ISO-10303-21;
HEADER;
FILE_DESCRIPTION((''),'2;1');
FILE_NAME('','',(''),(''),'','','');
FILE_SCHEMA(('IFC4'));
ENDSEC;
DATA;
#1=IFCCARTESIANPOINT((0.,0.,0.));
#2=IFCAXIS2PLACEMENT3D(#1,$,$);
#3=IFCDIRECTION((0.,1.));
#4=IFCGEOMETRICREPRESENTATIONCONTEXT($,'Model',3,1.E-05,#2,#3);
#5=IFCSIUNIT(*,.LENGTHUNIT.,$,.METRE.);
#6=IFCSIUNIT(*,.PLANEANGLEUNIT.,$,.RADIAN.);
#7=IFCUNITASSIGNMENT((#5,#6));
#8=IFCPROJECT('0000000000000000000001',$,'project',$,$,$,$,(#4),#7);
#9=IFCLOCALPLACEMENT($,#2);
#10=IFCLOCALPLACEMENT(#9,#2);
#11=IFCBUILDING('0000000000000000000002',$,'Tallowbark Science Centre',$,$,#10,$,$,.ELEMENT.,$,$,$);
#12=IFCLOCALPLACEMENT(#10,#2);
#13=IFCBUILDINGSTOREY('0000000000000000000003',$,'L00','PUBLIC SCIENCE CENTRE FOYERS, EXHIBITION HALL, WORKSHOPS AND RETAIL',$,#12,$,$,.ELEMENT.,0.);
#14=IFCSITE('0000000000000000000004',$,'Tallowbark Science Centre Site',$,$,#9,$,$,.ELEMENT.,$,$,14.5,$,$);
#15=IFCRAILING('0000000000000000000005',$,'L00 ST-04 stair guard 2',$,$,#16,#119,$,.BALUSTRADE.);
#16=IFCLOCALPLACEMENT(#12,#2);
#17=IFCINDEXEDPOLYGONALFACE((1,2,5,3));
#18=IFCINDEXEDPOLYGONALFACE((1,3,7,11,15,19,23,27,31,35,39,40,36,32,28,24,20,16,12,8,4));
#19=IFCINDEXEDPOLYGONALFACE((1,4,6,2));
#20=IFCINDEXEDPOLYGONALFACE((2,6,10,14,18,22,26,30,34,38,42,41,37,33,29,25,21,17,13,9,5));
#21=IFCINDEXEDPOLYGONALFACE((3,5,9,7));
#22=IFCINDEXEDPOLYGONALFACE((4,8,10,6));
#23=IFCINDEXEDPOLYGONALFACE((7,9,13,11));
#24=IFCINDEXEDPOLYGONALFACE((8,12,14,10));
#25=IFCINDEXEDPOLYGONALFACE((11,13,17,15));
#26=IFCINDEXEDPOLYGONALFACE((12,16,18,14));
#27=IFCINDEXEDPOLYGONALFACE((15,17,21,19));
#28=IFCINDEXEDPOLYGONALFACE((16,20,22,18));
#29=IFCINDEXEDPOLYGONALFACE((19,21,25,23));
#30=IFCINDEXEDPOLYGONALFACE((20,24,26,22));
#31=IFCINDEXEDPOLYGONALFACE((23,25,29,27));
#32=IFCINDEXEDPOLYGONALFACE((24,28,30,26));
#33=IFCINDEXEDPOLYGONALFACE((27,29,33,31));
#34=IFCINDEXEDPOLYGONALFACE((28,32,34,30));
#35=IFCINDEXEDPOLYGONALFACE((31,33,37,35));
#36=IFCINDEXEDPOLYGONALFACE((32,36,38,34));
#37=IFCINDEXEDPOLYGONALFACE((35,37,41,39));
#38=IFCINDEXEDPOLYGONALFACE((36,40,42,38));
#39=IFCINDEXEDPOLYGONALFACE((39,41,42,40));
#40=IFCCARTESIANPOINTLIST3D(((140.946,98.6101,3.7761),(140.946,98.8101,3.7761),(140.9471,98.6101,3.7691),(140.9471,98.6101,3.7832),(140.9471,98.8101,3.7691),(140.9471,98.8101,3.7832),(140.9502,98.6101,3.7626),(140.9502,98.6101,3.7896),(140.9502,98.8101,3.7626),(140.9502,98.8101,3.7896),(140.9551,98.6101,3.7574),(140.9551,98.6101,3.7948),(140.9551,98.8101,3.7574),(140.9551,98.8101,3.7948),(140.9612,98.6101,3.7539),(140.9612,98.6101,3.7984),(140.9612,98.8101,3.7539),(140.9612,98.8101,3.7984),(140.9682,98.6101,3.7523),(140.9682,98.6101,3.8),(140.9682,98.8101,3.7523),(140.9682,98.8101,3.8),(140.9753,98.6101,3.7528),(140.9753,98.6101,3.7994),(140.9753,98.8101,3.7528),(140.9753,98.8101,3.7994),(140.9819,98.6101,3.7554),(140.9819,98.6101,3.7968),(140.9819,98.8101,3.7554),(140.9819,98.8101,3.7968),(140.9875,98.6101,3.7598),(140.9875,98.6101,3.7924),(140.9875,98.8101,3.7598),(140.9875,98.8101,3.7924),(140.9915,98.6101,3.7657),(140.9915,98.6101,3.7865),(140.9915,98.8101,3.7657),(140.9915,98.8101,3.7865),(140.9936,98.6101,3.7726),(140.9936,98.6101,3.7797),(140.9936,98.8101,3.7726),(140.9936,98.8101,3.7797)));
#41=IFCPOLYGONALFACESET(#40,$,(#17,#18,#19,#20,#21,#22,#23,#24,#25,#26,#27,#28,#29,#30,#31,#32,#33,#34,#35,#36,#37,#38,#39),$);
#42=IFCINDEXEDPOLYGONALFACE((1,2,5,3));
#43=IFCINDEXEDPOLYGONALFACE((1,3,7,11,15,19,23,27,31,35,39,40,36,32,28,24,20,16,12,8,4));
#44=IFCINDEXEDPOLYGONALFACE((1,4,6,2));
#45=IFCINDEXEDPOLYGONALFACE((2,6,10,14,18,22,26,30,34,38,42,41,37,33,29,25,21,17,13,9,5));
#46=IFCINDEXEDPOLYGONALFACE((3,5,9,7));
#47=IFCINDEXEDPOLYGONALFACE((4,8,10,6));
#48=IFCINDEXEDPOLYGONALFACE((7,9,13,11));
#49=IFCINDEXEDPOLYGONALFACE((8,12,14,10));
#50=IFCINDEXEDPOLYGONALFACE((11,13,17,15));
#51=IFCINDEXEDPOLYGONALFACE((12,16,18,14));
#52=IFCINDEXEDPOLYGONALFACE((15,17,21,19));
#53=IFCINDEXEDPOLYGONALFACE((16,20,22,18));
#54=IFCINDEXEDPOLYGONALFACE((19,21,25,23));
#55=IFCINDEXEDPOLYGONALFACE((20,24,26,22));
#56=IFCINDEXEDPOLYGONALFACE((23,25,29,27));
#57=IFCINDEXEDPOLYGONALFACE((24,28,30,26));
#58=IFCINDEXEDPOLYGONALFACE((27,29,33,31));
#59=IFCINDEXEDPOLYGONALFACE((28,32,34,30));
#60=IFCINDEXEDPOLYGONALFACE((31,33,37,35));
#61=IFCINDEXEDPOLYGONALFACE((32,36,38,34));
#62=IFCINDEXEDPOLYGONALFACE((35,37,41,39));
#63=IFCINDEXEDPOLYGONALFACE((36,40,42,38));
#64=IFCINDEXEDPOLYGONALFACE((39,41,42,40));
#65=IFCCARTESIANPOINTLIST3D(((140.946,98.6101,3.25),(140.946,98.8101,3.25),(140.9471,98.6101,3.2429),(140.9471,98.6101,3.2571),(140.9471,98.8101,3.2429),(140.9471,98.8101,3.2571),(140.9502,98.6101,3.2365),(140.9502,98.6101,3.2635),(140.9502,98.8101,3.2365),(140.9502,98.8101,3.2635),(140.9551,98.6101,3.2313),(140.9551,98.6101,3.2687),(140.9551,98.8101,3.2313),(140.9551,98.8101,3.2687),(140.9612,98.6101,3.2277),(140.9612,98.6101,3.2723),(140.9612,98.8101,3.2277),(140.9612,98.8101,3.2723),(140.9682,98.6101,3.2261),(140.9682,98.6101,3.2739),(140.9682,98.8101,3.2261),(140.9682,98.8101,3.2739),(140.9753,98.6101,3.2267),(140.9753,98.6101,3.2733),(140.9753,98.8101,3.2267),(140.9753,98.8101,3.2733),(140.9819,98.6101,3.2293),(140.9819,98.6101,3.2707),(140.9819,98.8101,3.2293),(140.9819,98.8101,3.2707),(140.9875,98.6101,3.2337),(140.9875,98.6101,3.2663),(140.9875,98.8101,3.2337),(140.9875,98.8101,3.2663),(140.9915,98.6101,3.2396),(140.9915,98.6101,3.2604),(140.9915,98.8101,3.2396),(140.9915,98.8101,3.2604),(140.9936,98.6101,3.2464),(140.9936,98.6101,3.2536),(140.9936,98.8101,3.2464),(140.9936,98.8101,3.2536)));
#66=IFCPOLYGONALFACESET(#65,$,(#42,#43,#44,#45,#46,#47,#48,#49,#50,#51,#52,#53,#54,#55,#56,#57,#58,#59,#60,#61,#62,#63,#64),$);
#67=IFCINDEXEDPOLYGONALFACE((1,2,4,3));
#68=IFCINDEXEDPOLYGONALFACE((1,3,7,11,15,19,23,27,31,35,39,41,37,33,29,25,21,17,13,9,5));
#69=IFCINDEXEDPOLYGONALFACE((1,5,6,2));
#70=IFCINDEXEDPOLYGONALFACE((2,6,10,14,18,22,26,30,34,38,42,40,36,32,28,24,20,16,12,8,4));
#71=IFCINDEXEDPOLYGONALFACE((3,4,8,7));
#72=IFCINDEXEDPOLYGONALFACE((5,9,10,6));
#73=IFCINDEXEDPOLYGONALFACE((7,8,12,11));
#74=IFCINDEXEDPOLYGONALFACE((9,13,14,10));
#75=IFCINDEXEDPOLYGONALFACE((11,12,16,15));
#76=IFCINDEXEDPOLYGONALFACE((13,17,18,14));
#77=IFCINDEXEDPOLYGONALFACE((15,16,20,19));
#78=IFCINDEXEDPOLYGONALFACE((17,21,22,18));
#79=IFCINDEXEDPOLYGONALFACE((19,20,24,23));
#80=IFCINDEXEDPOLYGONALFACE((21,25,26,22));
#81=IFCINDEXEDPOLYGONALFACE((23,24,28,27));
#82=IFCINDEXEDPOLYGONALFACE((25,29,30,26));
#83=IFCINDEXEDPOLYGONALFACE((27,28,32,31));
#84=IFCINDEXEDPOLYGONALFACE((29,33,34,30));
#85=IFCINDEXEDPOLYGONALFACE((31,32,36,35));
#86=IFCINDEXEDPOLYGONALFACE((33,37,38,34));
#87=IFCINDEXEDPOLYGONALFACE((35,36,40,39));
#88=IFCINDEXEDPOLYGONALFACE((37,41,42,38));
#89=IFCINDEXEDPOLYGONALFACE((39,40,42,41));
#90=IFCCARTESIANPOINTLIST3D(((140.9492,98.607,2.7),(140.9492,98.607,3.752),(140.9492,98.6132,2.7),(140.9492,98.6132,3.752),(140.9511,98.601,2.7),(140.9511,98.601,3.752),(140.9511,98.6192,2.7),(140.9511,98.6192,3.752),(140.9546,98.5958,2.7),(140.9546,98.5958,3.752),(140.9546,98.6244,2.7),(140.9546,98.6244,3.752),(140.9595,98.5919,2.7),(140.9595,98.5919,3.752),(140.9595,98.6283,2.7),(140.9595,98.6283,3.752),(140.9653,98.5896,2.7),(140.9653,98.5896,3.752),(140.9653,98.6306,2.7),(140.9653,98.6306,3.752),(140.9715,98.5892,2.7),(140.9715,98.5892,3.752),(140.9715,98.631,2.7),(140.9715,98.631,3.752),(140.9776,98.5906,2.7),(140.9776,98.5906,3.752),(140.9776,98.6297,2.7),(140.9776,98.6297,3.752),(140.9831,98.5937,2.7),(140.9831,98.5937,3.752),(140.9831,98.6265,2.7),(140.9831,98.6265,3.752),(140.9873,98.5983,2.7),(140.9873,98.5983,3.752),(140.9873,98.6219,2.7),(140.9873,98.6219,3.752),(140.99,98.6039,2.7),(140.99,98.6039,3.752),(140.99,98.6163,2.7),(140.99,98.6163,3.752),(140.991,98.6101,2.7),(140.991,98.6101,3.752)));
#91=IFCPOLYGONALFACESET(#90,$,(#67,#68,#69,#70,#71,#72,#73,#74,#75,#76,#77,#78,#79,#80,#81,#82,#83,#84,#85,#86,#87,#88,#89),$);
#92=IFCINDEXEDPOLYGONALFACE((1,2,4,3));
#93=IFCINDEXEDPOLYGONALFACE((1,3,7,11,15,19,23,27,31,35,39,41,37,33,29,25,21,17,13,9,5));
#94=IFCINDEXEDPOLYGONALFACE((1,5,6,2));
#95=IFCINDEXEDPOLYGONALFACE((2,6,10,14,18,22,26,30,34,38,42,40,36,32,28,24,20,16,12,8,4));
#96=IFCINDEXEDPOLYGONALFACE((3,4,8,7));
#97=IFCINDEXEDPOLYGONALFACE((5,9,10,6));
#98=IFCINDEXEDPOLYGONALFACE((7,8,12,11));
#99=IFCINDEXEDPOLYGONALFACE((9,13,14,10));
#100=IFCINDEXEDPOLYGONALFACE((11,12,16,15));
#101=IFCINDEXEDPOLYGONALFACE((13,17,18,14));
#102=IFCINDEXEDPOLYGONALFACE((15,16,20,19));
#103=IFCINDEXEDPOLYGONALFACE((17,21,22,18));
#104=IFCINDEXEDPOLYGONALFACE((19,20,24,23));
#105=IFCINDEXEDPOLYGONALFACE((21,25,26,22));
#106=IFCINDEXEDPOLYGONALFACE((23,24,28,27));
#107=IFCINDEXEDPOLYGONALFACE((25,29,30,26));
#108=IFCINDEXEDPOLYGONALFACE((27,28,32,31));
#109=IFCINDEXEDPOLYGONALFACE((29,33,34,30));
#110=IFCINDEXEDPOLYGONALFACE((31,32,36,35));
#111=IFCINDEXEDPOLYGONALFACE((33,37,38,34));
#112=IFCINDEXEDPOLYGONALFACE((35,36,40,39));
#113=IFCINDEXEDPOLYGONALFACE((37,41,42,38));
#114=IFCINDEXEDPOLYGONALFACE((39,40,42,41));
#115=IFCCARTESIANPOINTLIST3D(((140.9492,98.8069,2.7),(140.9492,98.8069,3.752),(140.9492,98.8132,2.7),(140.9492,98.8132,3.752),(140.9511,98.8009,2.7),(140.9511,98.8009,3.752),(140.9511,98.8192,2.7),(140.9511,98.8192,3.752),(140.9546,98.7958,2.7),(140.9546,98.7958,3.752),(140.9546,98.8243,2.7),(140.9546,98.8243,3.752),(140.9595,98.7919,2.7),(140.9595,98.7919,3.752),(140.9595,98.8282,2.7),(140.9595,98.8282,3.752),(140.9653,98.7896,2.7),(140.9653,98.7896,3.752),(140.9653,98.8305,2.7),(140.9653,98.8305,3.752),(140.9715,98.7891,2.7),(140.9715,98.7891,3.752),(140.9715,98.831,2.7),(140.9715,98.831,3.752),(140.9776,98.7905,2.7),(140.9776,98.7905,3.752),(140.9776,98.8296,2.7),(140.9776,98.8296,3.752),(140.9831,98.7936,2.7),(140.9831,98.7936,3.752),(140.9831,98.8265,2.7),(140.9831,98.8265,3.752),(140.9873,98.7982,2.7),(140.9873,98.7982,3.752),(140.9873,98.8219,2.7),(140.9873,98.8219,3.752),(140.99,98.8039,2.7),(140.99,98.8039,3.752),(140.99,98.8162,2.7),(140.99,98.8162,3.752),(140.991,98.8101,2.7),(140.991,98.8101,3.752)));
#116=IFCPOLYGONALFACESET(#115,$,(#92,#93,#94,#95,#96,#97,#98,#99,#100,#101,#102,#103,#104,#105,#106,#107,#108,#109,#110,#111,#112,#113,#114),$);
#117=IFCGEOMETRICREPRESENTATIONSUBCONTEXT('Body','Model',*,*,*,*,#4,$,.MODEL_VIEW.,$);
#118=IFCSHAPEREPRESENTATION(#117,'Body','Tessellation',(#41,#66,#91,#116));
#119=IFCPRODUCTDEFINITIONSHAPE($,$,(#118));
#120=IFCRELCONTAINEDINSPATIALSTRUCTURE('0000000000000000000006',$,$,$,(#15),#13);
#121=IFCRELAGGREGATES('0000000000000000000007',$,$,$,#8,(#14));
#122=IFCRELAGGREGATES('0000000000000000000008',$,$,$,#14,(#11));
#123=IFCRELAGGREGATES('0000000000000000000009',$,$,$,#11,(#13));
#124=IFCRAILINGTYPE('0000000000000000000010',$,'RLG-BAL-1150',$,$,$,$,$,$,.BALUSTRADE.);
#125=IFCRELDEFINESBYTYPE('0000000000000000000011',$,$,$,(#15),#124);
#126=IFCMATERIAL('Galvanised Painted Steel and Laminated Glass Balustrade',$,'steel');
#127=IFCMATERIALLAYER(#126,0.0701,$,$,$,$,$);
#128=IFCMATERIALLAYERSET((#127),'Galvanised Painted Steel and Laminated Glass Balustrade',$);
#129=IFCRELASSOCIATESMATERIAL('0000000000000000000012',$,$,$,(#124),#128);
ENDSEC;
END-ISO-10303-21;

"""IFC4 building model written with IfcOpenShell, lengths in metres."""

from ifc_helpers import new_model, si_unit, direction, frame, origin, origin_2d, place, context, subcontext, project, spatial, circle, extrude, material, layer, layer_set, type_object, element, save


model = new_model("IFC4")

# Units and contexts
model_context = context("Model", 3, precision=1e-05, world=origin(), true_north=direction((0.0, 1.0)))
body_context = subcontext(model_context, "Body", "Model", "MODEL_VIEW")
ifc_project = project(units=[si_unit("LENGTHUNIT", "METRE"), si_unit("PLANEANGLEUNIT", "RADIAN")], contexts=[model_context])

# Site, building, storey
site_placement = place(None, origin())
site = spatial("IfcSite", under=ifc_project, at=site_placement, Name="Tallowbark Science Centre Site", CompositionType="ELEMENT", RefElevation=14.5)
building_placement = place(site_placement, origin())
building = spatial("IfcBuilding", under=site, at=building_placement, Name="Tallowbark Science Centre", CompositionType="ELEMENT")
storey_placement = place(building_placement, origin())
storey = spatial("IfcBuildingStorey", under=building, at=storey_placement, Name="L00", Description="PUBLIC SCIENCE CENTRE FOYERS, EXHIBITION HALL, WORKSHOPS AND RETAIL", CompositionType="ELEMENT", Elevation=0.0)

# Railing
ifc_material_1 = material(Name="Galvanised Painted Steel and Laminated Glass Balustrade", Category="steel")
ifc_layer_1 = layer(ifc_material_1, 0.0701)
ifc_layer_set_1 = layer_set([ifc_layer_1], Name="Galvanised Painted Steel and Laminated Glass Balustrade")
railing_type_1 = type_object("IfcRailingType", Name="RLG-BAL-1150", PredefinedType="BALUSTRADE", material=ifc_layer_set_1)
railing_1_placement = place(storey_placement, frame((140.97, 98.6101, 2.7)))
element("IfcRailing", 1, at=railing_1_placement, inside=storey, type_object=railing_type_1, Name="L00 ST-04 stair guard 2", PredefinedType="BALUSTRADE", context=body_context, shape_type="SweptSolid", body=[
    extrude(circle(Radius=0.0239, at=origin_2d()), frame((0.0, 0.0, 1.0762), z_axis=(0.0, 1.0, 0.0), x_axis=(-1.0, 0.0, 0.0)), (0.0, 0.0, 1.0), 0.2),
    extrude(circle(Radius=0.0239, at=origin_2d()), frame((0.0, 0.0, 0.55), z_axis=(0.0, 1.0, 0.0), x_axis=(-1.0, 0.0, 0.0)), (0.0, 0.0, 1.0), 0.2),
    extrude(circle(Radius=0.021, at=origin_2d()), origin(), (0.0, 0.0, 1.0), 1.052),
    extrude(circle(Radius=0.021, at=origin_2d()), frame((0.0, 0.2, 0.0)), (0.0, 0.0, 1.0), 1.052),
])

save(model, "model.ifc")
